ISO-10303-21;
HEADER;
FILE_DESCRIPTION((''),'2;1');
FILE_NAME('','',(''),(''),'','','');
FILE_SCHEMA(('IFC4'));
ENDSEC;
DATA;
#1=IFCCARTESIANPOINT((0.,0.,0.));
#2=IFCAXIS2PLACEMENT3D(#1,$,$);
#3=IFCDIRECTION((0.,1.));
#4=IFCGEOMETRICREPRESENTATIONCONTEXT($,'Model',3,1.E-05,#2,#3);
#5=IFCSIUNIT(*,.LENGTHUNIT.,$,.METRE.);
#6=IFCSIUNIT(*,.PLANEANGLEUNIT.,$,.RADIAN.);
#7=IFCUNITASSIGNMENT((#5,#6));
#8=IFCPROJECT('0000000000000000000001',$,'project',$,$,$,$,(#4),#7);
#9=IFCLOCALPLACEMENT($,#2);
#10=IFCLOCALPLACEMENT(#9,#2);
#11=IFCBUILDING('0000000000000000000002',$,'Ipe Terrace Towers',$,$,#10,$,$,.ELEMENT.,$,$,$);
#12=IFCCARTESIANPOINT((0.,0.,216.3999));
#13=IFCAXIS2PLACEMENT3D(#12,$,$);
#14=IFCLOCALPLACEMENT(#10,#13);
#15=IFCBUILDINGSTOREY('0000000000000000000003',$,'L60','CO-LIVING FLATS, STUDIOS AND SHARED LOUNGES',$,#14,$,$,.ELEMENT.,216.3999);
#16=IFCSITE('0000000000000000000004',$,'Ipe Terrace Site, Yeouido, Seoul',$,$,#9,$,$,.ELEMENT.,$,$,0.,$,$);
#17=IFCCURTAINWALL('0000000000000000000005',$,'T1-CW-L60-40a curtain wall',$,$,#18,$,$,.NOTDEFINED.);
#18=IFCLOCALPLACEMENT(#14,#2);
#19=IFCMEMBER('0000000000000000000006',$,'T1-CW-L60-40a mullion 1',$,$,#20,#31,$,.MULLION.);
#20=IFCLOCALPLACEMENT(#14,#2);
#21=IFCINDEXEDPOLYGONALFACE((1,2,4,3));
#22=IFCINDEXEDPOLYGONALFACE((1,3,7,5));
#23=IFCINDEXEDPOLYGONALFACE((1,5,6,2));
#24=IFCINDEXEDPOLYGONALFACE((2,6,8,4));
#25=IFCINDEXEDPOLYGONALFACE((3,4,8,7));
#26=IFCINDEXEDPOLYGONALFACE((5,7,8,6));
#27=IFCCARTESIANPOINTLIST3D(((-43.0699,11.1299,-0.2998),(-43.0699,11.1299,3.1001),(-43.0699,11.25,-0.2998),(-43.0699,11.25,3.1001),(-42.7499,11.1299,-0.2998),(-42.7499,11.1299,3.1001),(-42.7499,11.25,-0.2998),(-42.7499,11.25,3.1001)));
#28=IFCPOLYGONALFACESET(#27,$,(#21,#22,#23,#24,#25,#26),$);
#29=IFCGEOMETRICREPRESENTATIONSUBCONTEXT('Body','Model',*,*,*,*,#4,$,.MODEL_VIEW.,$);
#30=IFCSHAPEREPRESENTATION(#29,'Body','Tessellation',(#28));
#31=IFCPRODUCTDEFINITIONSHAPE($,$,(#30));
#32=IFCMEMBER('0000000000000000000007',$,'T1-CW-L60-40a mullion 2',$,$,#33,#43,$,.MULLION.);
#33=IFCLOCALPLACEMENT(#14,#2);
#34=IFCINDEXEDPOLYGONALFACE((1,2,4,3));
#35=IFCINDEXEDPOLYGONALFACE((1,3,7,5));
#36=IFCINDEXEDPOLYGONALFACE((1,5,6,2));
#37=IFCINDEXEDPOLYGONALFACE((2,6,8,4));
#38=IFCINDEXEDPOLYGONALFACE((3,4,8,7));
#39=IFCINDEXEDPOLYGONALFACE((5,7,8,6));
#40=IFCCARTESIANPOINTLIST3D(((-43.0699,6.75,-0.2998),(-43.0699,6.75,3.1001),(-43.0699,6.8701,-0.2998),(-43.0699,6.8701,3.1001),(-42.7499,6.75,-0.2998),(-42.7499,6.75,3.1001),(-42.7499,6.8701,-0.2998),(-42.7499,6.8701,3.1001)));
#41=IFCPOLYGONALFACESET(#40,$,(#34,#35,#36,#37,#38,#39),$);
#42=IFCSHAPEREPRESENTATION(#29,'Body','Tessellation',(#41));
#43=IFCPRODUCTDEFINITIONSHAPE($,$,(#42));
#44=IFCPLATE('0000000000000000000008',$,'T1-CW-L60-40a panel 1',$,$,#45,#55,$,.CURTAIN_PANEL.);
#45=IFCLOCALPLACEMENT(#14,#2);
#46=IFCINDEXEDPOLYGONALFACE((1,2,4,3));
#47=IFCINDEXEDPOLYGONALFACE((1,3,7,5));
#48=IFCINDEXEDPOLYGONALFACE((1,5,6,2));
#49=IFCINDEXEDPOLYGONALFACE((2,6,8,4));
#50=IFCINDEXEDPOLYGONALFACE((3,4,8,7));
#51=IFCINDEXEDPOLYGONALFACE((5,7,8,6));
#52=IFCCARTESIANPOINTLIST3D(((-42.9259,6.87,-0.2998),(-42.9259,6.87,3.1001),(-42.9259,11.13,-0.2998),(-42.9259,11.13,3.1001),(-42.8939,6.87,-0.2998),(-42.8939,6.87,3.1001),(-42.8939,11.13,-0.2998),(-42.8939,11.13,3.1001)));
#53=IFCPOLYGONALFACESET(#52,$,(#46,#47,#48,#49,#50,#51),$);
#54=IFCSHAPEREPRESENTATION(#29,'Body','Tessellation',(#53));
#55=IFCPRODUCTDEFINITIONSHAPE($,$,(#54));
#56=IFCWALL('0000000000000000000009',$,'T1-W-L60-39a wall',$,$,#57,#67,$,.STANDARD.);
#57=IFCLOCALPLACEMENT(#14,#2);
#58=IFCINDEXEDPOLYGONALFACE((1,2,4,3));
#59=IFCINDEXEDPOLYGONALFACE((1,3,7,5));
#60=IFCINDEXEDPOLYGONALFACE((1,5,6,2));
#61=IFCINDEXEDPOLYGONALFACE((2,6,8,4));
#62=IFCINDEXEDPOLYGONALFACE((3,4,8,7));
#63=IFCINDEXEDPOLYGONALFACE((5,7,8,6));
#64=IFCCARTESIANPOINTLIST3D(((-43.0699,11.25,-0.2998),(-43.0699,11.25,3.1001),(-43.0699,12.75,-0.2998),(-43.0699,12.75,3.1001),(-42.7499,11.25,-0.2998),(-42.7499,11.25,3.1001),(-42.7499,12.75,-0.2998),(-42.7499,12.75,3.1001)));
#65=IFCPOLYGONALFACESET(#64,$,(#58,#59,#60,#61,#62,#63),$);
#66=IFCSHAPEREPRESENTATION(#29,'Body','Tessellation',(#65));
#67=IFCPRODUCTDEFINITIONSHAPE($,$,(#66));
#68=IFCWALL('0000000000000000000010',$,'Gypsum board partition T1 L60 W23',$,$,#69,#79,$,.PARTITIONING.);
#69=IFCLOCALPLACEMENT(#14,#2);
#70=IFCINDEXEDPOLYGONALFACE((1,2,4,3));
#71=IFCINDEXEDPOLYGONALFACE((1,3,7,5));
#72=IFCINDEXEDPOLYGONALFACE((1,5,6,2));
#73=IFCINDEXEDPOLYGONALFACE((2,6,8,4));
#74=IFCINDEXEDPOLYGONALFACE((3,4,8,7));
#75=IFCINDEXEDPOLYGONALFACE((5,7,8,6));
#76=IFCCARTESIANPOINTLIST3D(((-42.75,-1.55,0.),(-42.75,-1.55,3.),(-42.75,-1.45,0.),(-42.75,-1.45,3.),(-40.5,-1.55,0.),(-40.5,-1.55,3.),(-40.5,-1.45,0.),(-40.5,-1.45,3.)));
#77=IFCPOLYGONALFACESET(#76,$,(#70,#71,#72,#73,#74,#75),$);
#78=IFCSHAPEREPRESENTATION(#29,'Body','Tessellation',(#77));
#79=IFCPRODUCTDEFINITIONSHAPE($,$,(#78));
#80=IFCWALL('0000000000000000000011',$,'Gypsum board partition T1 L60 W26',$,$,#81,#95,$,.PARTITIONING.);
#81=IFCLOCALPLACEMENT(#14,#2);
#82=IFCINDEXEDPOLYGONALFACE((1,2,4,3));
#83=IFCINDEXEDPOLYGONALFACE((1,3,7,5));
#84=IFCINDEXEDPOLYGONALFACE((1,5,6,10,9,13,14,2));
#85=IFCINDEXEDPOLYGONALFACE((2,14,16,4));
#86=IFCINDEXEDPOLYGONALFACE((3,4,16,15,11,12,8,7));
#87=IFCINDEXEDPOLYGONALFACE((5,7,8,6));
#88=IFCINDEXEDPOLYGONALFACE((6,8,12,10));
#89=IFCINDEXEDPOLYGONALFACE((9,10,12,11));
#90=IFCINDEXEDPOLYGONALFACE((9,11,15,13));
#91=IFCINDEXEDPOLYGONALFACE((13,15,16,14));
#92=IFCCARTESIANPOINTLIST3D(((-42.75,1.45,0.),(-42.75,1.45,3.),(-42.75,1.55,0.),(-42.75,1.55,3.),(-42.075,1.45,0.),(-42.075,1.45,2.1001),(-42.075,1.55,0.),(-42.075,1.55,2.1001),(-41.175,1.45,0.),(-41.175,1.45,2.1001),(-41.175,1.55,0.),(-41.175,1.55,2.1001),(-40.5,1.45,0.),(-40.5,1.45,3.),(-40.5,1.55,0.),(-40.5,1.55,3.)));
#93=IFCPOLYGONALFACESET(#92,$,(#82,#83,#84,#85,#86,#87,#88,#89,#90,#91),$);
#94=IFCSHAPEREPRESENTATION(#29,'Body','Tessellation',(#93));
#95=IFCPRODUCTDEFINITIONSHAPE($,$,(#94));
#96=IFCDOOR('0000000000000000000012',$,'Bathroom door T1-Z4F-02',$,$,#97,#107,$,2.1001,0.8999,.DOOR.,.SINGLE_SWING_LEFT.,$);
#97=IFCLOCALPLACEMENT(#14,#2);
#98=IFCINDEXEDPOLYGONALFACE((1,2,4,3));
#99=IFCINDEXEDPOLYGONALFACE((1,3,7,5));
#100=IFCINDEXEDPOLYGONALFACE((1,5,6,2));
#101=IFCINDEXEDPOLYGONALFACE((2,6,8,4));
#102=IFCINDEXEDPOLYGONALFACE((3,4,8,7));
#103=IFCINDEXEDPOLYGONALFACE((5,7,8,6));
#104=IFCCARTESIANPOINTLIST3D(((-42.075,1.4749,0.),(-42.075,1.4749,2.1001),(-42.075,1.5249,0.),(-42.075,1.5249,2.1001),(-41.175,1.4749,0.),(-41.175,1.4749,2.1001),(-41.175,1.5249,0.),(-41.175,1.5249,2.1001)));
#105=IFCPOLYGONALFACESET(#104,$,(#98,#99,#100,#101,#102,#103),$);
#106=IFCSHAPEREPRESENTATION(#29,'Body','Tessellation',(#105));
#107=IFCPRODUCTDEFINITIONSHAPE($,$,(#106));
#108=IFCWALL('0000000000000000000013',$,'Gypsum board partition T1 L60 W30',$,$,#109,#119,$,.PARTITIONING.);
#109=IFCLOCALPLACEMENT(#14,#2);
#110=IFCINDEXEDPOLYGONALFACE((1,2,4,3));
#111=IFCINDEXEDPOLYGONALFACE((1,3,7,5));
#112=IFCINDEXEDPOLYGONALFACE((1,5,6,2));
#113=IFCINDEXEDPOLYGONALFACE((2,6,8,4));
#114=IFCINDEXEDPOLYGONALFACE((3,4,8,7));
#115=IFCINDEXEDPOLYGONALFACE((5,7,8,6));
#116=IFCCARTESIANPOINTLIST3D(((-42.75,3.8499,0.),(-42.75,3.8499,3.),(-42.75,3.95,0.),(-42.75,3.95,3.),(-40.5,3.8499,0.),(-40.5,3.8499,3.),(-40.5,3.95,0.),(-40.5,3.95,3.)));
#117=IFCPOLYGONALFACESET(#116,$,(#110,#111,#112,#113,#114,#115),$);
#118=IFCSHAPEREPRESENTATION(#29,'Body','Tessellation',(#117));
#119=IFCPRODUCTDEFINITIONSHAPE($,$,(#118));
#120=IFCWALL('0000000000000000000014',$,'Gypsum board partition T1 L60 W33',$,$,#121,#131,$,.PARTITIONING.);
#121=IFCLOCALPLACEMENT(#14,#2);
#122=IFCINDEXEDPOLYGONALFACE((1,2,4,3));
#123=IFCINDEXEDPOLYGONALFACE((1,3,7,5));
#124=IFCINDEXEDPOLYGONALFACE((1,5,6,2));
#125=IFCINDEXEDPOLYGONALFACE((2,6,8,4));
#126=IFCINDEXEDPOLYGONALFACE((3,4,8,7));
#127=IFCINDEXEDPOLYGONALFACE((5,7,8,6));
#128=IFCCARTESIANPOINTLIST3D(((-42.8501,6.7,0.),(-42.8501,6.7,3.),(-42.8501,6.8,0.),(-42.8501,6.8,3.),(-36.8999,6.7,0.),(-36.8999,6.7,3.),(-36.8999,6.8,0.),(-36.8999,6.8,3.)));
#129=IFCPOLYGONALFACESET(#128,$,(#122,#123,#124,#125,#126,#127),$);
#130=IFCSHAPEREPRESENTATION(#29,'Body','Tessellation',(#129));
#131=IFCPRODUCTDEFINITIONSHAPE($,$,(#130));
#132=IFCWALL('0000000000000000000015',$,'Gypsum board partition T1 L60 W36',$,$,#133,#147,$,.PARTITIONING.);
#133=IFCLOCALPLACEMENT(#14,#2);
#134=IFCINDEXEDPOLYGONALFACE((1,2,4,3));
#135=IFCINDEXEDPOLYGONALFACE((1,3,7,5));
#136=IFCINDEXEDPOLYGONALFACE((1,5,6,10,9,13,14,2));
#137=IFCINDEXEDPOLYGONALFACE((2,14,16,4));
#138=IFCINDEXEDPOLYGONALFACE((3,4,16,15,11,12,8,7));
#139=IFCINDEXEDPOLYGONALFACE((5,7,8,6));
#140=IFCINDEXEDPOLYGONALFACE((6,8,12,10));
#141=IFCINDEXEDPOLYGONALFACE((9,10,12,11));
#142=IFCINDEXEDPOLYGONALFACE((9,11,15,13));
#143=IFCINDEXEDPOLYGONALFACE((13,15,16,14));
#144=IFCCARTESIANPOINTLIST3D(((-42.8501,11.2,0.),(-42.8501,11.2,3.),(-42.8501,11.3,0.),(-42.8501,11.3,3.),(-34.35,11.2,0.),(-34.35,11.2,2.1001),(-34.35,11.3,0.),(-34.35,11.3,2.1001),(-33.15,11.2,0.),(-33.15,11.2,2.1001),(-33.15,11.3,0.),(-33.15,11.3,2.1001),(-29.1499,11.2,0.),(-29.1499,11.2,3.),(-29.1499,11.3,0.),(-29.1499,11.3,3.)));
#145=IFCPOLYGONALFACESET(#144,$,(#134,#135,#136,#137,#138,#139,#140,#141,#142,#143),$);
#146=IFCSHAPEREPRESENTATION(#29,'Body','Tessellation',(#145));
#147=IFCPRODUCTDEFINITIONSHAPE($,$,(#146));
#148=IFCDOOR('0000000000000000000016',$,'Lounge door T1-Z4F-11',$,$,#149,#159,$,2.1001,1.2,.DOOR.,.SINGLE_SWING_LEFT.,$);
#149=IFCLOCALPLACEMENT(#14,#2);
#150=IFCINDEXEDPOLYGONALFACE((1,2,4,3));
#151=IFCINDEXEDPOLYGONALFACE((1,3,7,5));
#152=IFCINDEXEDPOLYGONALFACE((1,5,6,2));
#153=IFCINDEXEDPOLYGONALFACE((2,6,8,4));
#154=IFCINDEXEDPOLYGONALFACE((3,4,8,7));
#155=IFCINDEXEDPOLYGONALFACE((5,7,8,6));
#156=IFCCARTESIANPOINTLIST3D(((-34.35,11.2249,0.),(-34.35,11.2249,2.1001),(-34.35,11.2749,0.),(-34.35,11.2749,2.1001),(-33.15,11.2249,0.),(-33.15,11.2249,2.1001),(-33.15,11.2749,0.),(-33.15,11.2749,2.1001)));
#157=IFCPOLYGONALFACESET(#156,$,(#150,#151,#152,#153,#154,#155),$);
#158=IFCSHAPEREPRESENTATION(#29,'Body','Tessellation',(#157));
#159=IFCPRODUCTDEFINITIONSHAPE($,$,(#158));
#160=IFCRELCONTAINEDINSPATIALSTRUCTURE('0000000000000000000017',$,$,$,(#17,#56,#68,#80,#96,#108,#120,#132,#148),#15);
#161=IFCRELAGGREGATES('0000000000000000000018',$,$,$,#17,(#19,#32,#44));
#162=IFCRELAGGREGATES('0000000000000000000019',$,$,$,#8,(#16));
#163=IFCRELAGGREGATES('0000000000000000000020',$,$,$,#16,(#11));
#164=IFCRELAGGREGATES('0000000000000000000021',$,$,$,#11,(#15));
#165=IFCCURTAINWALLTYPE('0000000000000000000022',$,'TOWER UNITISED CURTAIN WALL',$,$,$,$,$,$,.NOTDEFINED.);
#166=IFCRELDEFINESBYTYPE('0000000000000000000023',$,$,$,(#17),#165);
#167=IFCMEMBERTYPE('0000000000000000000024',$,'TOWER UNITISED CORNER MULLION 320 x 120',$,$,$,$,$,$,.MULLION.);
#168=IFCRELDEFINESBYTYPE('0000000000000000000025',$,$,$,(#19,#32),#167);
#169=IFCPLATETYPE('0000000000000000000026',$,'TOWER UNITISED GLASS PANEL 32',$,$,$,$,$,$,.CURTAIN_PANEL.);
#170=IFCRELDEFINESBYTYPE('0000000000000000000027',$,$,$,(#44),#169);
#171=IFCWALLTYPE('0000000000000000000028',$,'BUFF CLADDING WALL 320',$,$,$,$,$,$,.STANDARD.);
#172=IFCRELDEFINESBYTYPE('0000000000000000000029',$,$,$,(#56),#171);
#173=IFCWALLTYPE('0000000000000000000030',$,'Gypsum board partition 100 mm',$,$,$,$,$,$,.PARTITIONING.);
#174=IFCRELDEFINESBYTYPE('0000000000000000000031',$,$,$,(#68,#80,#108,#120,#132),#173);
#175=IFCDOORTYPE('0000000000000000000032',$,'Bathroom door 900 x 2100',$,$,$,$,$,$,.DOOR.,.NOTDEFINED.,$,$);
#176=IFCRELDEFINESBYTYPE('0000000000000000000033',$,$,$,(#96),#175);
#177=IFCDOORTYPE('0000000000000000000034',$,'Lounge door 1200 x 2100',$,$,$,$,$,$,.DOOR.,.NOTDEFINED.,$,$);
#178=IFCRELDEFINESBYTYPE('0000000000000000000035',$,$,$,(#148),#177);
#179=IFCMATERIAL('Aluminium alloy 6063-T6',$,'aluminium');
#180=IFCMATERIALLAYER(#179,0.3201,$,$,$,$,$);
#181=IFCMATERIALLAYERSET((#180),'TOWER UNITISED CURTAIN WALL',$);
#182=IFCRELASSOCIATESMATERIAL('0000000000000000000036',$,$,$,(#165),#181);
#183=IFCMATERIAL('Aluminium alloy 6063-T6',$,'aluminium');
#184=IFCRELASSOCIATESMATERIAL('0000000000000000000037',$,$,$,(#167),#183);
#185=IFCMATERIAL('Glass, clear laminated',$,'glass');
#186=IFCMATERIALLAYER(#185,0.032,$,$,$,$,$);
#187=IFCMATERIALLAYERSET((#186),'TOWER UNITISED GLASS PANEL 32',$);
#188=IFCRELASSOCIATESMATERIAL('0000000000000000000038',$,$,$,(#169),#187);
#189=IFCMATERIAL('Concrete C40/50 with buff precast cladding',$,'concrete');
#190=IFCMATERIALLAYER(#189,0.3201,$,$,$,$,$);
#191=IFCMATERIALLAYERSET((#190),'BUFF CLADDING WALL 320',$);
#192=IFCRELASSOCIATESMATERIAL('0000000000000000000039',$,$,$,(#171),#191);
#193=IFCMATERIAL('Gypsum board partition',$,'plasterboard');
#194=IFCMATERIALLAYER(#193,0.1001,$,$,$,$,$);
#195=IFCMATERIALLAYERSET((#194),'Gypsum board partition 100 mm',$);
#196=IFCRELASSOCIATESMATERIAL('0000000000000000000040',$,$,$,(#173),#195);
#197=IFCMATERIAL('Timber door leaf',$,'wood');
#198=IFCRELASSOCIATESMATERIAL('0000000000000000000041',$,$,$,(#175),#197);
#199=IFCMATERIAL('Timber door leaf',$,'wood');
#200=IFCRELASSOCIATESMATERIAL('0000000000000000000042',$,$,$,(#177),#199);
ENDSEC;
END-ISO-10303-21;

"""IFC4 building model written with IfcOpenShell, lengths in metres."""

from ifc_helpers import new_model, si_unit, direction, frame, frame_2d, origin, origin_2d, place, context, subcontext, project, spatial, rectangle, extrude, material, layer, layer_set, material_profile, profile_set, type_object, element, fill, aggregate, save


model = new_model("IFC4")

# Units and contexts
model_context = context("Model", 3, precision=1e-05, world=origin(), true_north=direction((0.0, 1.0)))
body_context = subcontext(model_context, "Body", "Model", "MODEL_VIEW")
ifc_project = project(units=[si_unit("LENGTHUNIT", "METRE"), si_unit("PLANEANGLEUNIT", "RADIAN")], contexts=[model_context])

# Site, building, storey
site_placement = place(None, origin())
site = spatial("IfcSite", under=ifc_project, at=site_placement, Name="Ipe Terrace Site, Yeouido, Seoul", CompositionType="ELEMENT", RefElevation=0.0)
building_placement = place(site_placement, origin())
building = spatial("IfcBuilding", under=site, at=building_placement, Name="Ipe Terrace Towers", CompositionType="ELEMENT")
storey_placement = place(building_placement, frame((0.0, 0.0, 216.3999)))
storey = spatial("IfcBuildingStorey", under=building, at=storey_placement, Name="L60", Description="CO-LIVING FLATS, STUDIOS AND SHARED LOUNGES", CompositionType="ELEMENT", Elevation=216.3999)

# Curtain wall, members, plate
ifc_material_1 = material(Name="Aluminium alloy 6063-T6", Category="aluminium")
ifc_layer_1 = layer(ifc_material_1, 0.3201)
ifc_layer_set_1 = layer_set([ifc_layer_1], Name="TOWER UNITISED CURTAIN WALL")
curtain_wall_type = type_object("IfcCurtainWallType", Name="TOWER UNITISED CURTAIN WALL", PredefinedType="NOTDEFINED", material=ifc_layer_set_1)
curtain_wall_placement = place(storey_placement, origin())
curtain_wall = element("IfcCurtainWall", 1, at=curtain_wall_placement, inside=storey, type_object=curtain_wall_type, Name="T1-CW-L60-40a curtain wall", PredefinedType="NOTDEFINED")
ifc_material_2 = material(Name="Aluminium alloy 6063-T6", Category="aluminium")
ifc_material_profile_1 = material_profile(ifc_material_2, rectangle(XDim=0.3201, YDim=0.1201, at=origin_2d()), Name="TOWER UNITISED CORNER MULLION 320 x 120")
ifc_profile_set_1 = profile_set([ifc_material_profile_1], Name="Aluminium alloy 6063-T6")
member_type = type_object("IfcMemberType", Name="TOWER UNITISED CORNER MULLION 320 x 120", PredefinedType="MULLION", material=ifc_profile_set_1)
member_1_placement = place(storey_placement, frame((-42.9099, 11.1899, -0.2998), z_axis=(0.0, 0.0, 1.0), x_axis=(-1.0, 0.0, 0.0)))
member_1 = element("IfcMember", 2, at=member_1_placement, type_object=member_type, Name="T1-CW-L60-40a mullion 1", PredefinedType="MULLION", context=body_context, shape_type="SweptSolid", body=[
    extrude(rectangle(XDim=0.3201, YDim=0.1201, at=origin_2d()), origin(), (0.0, 0.0, 1.0), 3.3999),
])
member_2_placement = place(storey_placement, frame((-42.9099, 6.8101, -0.2998), z_axis=(0.0, 0.0, 1.0), x_axis=(-1.0, 0.0, 0.0)))
member_2 = element("IfcMember", 3, at=member_2_placement, type_object=member_type, Name="T1-CW-L60-40a mullion 2", PredefinedType="MULLION", context=body_context, shape_type="SweptSolid", body=[
    extrude(rectangle(XDim=0.3201, YDim=0.1201, at=origin_2d()), origin(), (0.0, 0.0, 1.0), 3.3999),
])
ifc_material_3 = material(Name="Glass, clear laminated", Category="glass")
ifc_layer_2 = layer(ifc_material_3, 0.032)
ifc_layer_set_2 = layer_set([ifc_layer_2], Name="TOWER UNITISED GLASS PANEL 32")
plate_type = type_object("IfcPlateType", Name="TOWER UNITISED GLASS PANEL 32", PredefinedType="CURTAIN_PANEL", material=ifc_layer_set_2)
plate_placement = place(storey_placement, frame((-42.9099, 9.0, -0.2998), z_axis=(0.0, 0.0, 1.0), x_axis=(0.0, -1.0, 0.0)))
plate = element("IfcPlate", 4, at=plate_placement, type_object=plate_type, Name="T1-CW-L60-40a panel 1", PredefinedType="CURTAIN_PANEL", context=body_context, shape_type="SweptSolid", body=[
    extrude(rectangle(XDim=4.26, YDim=0.032, at=origin_2d()), origin(), (0.0, 0.0, 1.0), 3.3999),
])
aggregate(curtain_wall, [member_1, member_2, plate])

# Walls
ifc_material_4 = material(Name="Concrete C40/50 with buff precast cladding", Category="concrete")
ifc_layer_3 = layer(ifc_material_4, 0.3201)
ifc_layer_set_3 = layer_set([ifc_layer_3], Name="BUFF CLADDING WALL 320")
wall_type_1 = type_object("IfcWallType", Name="BUFF CLADDING WALL 320", PredefinedType="STANDARD", material=ifc_layer_set_3)
wall_1_placement = place(storey_placement, frame((-42.9099, 12.75, -0.2998), z_axis=(0.0, 0.0, 1.0), x_axis=(0.0, -1.0, 0.0)))
element("IfcWall", 5, at=wall_1_placement, inside=storey, type_object=wall_type_1, Name="T1-W-L60-39a wall", PredefinedType="STANDARD", context=body_context, shape_type="SweptSolid", body=[
    extrude(rectangle(XDim=1.5, YDim=0.3201, at=frame_2d((0.75, 0.0))), origin(), (0.0, 0.0, 1.0), 3.3999),
])
ifc_material_5 = material(Name="Gypsum board partition", Category="plasterboard")
ifc_layer_4 = layer(ifc_material_5, 0.1001)
ifc_layer_set_4 = layer_set([ifc_layer_4], Name="Gypsum board partition 100 mm")
wall_type_2 = type_object("IfcWallType", Name="Gypsum board partition 100 mm", PredefinedType="PARTITIONING", material=ifc_layer_set_4)
wall_2_placement = place(storey_placement, frame((-42.75, -1.5, 0.0), z_axis=(0.0, 0.0, 1.0), x_axis=(1.0, 0.0, 0.0)))
element("IfcWall", 6, at=wall_2_placement, inside=storey, type_object=wall_type_2, Name="Gypsum board partition T1 L60 W23", PredefinedType="PARTITIONING", context=body_context, shape_type="SweptSolid", body=[
    extrude(rectangle(XDim=2.25, YDim=0.1001, at=frame_2d((1.125, 0.0))), origin(), (0.0, 0.0, 1.0), 3.0),
])

# Wall, opening, door
wall_3_placement = place(storey_placement, frame((-42.75, 1.5, 0.0), z_axis=(0.0, 0.0, 1.0), x_axis=(1.0, 0.0, 0.0)))
wall_3 = element("IfcWall", 7, at=wall_3_placement, inside=storey, type_object=wall_type_2, Name="Gypsum board partition T1 L60 W26", PredefinedType="PARTITIONING", context=body_context, shape_type="SweptSolid", body=[
    extrude(rectangle(XDim=2.25, YDim=0.1001, at=frame_2d((1.125, 0.0))), origin(), (0.0, 0.0, 1.0), 3.0),
])
opening_1_placement = place(wall_3_placement, frame((0.675, 0.0, 0.0)))
opening_1 = element("IfcOpeningElement", 8, at=opening_1_placement, cuts=wall_3, PredefinedType="OPENING", context=body_context, shape_type="SweptSolid", body=[
    extrude(rectangle(XDim=0.8999, YDim=2.1001, at=frame_2d((0.45, 1.05))), frame((0.0, 0.0601, 0.0), z_axis=(0.0, -1.0, 0.0), x_axis=(1.0, 0.0, 0.0)), (0.0, 0.0, 1.0), 0.1201),
])
ifc_material_6 = material(Name="Timber door leaf", Category="wood")
door_type_1 = type_object("IfcDoorType", Name="Bathroom door 900 x 2100", OperationType="NOTDEFINED", PredefinedType="DOOR", material=ifc_material_6)
door_1_placement = place(opening_1_placement, origin())
door_1 = element("IfcDoor", 9, at=door_1_placement, inside=storey, type_object=door_type_1, Name="Bathroom door T1-Z4F-02", OperationType="SINGLE_SWING_LEFT", OverallHeight=2.1001, OverallWidth=0.8999, PredefinedType="DOOR", context=body_context, shape_type="SweptSolid", body=[
    extrude(rectangle(XDim=0.8999, YDim=2.1001, at=frame_2d((0.45, 1.05))), frame((0.0, 0.0249, 0.0), z_axis=(0.0, -1.0, 0.0), x_axis=(1.0, 0.0, 0.0)), (0.0, 0.0, 1.0), 0.05),
])
fill(opening_1, door_1)

# Walls
wall_4_placement = place(storey_placement, frame((-42.75, 3.8999, 0.0), z_axis=(0.0, 0.0, 1.0), x_axis=(1.0, 0.0, 0.0)))
element("IfcWall", 10, at=wall_4_placement, inside=storey, type_object=wall_type_2, Name="Gypsum board partition T1 L60 W30", PredefinedType="PARTITIONING", context=body_context, shape_type="SweptSolid", body=[
    extrude(rectangle(XDim=2.25, YDim=0.1001, at=frame_2d((1.125, 0.0))), origin(), (0.0, 0.0, 1.0), 3.0),
])
wall_5_placement = place(storey_placement, frame((-42.8501, 6.75, 0.0), z_axis=(0.0, 0.0, 1.0), x_axis=(1.0, 0.0, 0.0)))
element("IfcWall", 11, at=wall_5_placement, inside=storey, type_object=wall_type_2, Name="Gypsum board partition T1 L60 W33", PredefinedType="PARTITIONING", context=body_context, shape_type="SweptSolid", body=[
    extrude(rectangle(XDim=5.9502, YDim=0.1001, at=frame_2d((2.9751, 0.0))), origin(), (0.0, 0.0, 1.0), 3.0),
])

# Wall, opening, door
wall_6_placement = place(storey_placement, frame((-42.8501, 11.25, 0.0), z_axis=(0.0, 0.0, 1.0), x_axis=(1.0, 0.0, 0.0)))
wall_6 = element("IfcWall", 12, at=wall_6_placement, inside=storey, type_object=wall_type_2, Name="Gypsum board partition T1 L60 W36", PredefinedType="PARTITIONING", context=body_context, shape_type="SweptSolid", body=[
    extrude(rectangle(XDim=13.7002, YDim=0.1001, at=frame_2d((6.8501, 0.0))), origin(), (0.0, 0.0, 1.0), 3.0),
])
opening_2_placement = place(wall_6_placement, frame((8.5, 0.0, 0.0)))
opening_2 = element("IfcOpeningElement", 13, at=opening_2_placement, cuts=wall_6, PredefinedType="OPENING", context=body_context, shape_type="SweptSolid", body=[
    extrude(rectangle(XDim=1.2, YDim=2.1001, at=frame_2d((0.6001, 1.05))), frame((0.0, 0.0601, 0.0), z_axis=(0.0, -1.0, 0.0), x_axis=(1.0, 0.0, 0.0)), (0.0, 0.0, 1.0), 0.1201),
])
ifc_material_7 = material(Name="Timber door leaf", Category="wood")
door_type_2 = type_object("IfcDoorType", Name="Lounge door 1200 x 2100", OperationType="NOTDEFINED", PredefinedType="DOOR", material=ifc_material_7)
door_2_placement = place(opening_2_placement, origin())
door_2 = element("IfcDoor", 14, at=door_2_placement, inside=storey, type_object=door_type_2, Name="Lounge door T1-Z4F-11", OperationType="SINGLE_SWING_LEFT", OverallHeight=2.1001, OverallWidth=1.2, PredefinedType="DOOR", context=body_context, shape_type="SweptSolid", body=[
    extrude(rectangle(XDim=1.2, YDim=2.1001, at=frame_2d((0.6001, 1.05))), frame((0.0, 0.0249, 0.0), z_axis=(0.0, -1.0, 0.0), x_axis=(1.0, 0.0, 0.0)), (0.0, 0.0, 1.0), 0.05),
])
fill(opening_2, door_2)

save(model, "model.ifc")
